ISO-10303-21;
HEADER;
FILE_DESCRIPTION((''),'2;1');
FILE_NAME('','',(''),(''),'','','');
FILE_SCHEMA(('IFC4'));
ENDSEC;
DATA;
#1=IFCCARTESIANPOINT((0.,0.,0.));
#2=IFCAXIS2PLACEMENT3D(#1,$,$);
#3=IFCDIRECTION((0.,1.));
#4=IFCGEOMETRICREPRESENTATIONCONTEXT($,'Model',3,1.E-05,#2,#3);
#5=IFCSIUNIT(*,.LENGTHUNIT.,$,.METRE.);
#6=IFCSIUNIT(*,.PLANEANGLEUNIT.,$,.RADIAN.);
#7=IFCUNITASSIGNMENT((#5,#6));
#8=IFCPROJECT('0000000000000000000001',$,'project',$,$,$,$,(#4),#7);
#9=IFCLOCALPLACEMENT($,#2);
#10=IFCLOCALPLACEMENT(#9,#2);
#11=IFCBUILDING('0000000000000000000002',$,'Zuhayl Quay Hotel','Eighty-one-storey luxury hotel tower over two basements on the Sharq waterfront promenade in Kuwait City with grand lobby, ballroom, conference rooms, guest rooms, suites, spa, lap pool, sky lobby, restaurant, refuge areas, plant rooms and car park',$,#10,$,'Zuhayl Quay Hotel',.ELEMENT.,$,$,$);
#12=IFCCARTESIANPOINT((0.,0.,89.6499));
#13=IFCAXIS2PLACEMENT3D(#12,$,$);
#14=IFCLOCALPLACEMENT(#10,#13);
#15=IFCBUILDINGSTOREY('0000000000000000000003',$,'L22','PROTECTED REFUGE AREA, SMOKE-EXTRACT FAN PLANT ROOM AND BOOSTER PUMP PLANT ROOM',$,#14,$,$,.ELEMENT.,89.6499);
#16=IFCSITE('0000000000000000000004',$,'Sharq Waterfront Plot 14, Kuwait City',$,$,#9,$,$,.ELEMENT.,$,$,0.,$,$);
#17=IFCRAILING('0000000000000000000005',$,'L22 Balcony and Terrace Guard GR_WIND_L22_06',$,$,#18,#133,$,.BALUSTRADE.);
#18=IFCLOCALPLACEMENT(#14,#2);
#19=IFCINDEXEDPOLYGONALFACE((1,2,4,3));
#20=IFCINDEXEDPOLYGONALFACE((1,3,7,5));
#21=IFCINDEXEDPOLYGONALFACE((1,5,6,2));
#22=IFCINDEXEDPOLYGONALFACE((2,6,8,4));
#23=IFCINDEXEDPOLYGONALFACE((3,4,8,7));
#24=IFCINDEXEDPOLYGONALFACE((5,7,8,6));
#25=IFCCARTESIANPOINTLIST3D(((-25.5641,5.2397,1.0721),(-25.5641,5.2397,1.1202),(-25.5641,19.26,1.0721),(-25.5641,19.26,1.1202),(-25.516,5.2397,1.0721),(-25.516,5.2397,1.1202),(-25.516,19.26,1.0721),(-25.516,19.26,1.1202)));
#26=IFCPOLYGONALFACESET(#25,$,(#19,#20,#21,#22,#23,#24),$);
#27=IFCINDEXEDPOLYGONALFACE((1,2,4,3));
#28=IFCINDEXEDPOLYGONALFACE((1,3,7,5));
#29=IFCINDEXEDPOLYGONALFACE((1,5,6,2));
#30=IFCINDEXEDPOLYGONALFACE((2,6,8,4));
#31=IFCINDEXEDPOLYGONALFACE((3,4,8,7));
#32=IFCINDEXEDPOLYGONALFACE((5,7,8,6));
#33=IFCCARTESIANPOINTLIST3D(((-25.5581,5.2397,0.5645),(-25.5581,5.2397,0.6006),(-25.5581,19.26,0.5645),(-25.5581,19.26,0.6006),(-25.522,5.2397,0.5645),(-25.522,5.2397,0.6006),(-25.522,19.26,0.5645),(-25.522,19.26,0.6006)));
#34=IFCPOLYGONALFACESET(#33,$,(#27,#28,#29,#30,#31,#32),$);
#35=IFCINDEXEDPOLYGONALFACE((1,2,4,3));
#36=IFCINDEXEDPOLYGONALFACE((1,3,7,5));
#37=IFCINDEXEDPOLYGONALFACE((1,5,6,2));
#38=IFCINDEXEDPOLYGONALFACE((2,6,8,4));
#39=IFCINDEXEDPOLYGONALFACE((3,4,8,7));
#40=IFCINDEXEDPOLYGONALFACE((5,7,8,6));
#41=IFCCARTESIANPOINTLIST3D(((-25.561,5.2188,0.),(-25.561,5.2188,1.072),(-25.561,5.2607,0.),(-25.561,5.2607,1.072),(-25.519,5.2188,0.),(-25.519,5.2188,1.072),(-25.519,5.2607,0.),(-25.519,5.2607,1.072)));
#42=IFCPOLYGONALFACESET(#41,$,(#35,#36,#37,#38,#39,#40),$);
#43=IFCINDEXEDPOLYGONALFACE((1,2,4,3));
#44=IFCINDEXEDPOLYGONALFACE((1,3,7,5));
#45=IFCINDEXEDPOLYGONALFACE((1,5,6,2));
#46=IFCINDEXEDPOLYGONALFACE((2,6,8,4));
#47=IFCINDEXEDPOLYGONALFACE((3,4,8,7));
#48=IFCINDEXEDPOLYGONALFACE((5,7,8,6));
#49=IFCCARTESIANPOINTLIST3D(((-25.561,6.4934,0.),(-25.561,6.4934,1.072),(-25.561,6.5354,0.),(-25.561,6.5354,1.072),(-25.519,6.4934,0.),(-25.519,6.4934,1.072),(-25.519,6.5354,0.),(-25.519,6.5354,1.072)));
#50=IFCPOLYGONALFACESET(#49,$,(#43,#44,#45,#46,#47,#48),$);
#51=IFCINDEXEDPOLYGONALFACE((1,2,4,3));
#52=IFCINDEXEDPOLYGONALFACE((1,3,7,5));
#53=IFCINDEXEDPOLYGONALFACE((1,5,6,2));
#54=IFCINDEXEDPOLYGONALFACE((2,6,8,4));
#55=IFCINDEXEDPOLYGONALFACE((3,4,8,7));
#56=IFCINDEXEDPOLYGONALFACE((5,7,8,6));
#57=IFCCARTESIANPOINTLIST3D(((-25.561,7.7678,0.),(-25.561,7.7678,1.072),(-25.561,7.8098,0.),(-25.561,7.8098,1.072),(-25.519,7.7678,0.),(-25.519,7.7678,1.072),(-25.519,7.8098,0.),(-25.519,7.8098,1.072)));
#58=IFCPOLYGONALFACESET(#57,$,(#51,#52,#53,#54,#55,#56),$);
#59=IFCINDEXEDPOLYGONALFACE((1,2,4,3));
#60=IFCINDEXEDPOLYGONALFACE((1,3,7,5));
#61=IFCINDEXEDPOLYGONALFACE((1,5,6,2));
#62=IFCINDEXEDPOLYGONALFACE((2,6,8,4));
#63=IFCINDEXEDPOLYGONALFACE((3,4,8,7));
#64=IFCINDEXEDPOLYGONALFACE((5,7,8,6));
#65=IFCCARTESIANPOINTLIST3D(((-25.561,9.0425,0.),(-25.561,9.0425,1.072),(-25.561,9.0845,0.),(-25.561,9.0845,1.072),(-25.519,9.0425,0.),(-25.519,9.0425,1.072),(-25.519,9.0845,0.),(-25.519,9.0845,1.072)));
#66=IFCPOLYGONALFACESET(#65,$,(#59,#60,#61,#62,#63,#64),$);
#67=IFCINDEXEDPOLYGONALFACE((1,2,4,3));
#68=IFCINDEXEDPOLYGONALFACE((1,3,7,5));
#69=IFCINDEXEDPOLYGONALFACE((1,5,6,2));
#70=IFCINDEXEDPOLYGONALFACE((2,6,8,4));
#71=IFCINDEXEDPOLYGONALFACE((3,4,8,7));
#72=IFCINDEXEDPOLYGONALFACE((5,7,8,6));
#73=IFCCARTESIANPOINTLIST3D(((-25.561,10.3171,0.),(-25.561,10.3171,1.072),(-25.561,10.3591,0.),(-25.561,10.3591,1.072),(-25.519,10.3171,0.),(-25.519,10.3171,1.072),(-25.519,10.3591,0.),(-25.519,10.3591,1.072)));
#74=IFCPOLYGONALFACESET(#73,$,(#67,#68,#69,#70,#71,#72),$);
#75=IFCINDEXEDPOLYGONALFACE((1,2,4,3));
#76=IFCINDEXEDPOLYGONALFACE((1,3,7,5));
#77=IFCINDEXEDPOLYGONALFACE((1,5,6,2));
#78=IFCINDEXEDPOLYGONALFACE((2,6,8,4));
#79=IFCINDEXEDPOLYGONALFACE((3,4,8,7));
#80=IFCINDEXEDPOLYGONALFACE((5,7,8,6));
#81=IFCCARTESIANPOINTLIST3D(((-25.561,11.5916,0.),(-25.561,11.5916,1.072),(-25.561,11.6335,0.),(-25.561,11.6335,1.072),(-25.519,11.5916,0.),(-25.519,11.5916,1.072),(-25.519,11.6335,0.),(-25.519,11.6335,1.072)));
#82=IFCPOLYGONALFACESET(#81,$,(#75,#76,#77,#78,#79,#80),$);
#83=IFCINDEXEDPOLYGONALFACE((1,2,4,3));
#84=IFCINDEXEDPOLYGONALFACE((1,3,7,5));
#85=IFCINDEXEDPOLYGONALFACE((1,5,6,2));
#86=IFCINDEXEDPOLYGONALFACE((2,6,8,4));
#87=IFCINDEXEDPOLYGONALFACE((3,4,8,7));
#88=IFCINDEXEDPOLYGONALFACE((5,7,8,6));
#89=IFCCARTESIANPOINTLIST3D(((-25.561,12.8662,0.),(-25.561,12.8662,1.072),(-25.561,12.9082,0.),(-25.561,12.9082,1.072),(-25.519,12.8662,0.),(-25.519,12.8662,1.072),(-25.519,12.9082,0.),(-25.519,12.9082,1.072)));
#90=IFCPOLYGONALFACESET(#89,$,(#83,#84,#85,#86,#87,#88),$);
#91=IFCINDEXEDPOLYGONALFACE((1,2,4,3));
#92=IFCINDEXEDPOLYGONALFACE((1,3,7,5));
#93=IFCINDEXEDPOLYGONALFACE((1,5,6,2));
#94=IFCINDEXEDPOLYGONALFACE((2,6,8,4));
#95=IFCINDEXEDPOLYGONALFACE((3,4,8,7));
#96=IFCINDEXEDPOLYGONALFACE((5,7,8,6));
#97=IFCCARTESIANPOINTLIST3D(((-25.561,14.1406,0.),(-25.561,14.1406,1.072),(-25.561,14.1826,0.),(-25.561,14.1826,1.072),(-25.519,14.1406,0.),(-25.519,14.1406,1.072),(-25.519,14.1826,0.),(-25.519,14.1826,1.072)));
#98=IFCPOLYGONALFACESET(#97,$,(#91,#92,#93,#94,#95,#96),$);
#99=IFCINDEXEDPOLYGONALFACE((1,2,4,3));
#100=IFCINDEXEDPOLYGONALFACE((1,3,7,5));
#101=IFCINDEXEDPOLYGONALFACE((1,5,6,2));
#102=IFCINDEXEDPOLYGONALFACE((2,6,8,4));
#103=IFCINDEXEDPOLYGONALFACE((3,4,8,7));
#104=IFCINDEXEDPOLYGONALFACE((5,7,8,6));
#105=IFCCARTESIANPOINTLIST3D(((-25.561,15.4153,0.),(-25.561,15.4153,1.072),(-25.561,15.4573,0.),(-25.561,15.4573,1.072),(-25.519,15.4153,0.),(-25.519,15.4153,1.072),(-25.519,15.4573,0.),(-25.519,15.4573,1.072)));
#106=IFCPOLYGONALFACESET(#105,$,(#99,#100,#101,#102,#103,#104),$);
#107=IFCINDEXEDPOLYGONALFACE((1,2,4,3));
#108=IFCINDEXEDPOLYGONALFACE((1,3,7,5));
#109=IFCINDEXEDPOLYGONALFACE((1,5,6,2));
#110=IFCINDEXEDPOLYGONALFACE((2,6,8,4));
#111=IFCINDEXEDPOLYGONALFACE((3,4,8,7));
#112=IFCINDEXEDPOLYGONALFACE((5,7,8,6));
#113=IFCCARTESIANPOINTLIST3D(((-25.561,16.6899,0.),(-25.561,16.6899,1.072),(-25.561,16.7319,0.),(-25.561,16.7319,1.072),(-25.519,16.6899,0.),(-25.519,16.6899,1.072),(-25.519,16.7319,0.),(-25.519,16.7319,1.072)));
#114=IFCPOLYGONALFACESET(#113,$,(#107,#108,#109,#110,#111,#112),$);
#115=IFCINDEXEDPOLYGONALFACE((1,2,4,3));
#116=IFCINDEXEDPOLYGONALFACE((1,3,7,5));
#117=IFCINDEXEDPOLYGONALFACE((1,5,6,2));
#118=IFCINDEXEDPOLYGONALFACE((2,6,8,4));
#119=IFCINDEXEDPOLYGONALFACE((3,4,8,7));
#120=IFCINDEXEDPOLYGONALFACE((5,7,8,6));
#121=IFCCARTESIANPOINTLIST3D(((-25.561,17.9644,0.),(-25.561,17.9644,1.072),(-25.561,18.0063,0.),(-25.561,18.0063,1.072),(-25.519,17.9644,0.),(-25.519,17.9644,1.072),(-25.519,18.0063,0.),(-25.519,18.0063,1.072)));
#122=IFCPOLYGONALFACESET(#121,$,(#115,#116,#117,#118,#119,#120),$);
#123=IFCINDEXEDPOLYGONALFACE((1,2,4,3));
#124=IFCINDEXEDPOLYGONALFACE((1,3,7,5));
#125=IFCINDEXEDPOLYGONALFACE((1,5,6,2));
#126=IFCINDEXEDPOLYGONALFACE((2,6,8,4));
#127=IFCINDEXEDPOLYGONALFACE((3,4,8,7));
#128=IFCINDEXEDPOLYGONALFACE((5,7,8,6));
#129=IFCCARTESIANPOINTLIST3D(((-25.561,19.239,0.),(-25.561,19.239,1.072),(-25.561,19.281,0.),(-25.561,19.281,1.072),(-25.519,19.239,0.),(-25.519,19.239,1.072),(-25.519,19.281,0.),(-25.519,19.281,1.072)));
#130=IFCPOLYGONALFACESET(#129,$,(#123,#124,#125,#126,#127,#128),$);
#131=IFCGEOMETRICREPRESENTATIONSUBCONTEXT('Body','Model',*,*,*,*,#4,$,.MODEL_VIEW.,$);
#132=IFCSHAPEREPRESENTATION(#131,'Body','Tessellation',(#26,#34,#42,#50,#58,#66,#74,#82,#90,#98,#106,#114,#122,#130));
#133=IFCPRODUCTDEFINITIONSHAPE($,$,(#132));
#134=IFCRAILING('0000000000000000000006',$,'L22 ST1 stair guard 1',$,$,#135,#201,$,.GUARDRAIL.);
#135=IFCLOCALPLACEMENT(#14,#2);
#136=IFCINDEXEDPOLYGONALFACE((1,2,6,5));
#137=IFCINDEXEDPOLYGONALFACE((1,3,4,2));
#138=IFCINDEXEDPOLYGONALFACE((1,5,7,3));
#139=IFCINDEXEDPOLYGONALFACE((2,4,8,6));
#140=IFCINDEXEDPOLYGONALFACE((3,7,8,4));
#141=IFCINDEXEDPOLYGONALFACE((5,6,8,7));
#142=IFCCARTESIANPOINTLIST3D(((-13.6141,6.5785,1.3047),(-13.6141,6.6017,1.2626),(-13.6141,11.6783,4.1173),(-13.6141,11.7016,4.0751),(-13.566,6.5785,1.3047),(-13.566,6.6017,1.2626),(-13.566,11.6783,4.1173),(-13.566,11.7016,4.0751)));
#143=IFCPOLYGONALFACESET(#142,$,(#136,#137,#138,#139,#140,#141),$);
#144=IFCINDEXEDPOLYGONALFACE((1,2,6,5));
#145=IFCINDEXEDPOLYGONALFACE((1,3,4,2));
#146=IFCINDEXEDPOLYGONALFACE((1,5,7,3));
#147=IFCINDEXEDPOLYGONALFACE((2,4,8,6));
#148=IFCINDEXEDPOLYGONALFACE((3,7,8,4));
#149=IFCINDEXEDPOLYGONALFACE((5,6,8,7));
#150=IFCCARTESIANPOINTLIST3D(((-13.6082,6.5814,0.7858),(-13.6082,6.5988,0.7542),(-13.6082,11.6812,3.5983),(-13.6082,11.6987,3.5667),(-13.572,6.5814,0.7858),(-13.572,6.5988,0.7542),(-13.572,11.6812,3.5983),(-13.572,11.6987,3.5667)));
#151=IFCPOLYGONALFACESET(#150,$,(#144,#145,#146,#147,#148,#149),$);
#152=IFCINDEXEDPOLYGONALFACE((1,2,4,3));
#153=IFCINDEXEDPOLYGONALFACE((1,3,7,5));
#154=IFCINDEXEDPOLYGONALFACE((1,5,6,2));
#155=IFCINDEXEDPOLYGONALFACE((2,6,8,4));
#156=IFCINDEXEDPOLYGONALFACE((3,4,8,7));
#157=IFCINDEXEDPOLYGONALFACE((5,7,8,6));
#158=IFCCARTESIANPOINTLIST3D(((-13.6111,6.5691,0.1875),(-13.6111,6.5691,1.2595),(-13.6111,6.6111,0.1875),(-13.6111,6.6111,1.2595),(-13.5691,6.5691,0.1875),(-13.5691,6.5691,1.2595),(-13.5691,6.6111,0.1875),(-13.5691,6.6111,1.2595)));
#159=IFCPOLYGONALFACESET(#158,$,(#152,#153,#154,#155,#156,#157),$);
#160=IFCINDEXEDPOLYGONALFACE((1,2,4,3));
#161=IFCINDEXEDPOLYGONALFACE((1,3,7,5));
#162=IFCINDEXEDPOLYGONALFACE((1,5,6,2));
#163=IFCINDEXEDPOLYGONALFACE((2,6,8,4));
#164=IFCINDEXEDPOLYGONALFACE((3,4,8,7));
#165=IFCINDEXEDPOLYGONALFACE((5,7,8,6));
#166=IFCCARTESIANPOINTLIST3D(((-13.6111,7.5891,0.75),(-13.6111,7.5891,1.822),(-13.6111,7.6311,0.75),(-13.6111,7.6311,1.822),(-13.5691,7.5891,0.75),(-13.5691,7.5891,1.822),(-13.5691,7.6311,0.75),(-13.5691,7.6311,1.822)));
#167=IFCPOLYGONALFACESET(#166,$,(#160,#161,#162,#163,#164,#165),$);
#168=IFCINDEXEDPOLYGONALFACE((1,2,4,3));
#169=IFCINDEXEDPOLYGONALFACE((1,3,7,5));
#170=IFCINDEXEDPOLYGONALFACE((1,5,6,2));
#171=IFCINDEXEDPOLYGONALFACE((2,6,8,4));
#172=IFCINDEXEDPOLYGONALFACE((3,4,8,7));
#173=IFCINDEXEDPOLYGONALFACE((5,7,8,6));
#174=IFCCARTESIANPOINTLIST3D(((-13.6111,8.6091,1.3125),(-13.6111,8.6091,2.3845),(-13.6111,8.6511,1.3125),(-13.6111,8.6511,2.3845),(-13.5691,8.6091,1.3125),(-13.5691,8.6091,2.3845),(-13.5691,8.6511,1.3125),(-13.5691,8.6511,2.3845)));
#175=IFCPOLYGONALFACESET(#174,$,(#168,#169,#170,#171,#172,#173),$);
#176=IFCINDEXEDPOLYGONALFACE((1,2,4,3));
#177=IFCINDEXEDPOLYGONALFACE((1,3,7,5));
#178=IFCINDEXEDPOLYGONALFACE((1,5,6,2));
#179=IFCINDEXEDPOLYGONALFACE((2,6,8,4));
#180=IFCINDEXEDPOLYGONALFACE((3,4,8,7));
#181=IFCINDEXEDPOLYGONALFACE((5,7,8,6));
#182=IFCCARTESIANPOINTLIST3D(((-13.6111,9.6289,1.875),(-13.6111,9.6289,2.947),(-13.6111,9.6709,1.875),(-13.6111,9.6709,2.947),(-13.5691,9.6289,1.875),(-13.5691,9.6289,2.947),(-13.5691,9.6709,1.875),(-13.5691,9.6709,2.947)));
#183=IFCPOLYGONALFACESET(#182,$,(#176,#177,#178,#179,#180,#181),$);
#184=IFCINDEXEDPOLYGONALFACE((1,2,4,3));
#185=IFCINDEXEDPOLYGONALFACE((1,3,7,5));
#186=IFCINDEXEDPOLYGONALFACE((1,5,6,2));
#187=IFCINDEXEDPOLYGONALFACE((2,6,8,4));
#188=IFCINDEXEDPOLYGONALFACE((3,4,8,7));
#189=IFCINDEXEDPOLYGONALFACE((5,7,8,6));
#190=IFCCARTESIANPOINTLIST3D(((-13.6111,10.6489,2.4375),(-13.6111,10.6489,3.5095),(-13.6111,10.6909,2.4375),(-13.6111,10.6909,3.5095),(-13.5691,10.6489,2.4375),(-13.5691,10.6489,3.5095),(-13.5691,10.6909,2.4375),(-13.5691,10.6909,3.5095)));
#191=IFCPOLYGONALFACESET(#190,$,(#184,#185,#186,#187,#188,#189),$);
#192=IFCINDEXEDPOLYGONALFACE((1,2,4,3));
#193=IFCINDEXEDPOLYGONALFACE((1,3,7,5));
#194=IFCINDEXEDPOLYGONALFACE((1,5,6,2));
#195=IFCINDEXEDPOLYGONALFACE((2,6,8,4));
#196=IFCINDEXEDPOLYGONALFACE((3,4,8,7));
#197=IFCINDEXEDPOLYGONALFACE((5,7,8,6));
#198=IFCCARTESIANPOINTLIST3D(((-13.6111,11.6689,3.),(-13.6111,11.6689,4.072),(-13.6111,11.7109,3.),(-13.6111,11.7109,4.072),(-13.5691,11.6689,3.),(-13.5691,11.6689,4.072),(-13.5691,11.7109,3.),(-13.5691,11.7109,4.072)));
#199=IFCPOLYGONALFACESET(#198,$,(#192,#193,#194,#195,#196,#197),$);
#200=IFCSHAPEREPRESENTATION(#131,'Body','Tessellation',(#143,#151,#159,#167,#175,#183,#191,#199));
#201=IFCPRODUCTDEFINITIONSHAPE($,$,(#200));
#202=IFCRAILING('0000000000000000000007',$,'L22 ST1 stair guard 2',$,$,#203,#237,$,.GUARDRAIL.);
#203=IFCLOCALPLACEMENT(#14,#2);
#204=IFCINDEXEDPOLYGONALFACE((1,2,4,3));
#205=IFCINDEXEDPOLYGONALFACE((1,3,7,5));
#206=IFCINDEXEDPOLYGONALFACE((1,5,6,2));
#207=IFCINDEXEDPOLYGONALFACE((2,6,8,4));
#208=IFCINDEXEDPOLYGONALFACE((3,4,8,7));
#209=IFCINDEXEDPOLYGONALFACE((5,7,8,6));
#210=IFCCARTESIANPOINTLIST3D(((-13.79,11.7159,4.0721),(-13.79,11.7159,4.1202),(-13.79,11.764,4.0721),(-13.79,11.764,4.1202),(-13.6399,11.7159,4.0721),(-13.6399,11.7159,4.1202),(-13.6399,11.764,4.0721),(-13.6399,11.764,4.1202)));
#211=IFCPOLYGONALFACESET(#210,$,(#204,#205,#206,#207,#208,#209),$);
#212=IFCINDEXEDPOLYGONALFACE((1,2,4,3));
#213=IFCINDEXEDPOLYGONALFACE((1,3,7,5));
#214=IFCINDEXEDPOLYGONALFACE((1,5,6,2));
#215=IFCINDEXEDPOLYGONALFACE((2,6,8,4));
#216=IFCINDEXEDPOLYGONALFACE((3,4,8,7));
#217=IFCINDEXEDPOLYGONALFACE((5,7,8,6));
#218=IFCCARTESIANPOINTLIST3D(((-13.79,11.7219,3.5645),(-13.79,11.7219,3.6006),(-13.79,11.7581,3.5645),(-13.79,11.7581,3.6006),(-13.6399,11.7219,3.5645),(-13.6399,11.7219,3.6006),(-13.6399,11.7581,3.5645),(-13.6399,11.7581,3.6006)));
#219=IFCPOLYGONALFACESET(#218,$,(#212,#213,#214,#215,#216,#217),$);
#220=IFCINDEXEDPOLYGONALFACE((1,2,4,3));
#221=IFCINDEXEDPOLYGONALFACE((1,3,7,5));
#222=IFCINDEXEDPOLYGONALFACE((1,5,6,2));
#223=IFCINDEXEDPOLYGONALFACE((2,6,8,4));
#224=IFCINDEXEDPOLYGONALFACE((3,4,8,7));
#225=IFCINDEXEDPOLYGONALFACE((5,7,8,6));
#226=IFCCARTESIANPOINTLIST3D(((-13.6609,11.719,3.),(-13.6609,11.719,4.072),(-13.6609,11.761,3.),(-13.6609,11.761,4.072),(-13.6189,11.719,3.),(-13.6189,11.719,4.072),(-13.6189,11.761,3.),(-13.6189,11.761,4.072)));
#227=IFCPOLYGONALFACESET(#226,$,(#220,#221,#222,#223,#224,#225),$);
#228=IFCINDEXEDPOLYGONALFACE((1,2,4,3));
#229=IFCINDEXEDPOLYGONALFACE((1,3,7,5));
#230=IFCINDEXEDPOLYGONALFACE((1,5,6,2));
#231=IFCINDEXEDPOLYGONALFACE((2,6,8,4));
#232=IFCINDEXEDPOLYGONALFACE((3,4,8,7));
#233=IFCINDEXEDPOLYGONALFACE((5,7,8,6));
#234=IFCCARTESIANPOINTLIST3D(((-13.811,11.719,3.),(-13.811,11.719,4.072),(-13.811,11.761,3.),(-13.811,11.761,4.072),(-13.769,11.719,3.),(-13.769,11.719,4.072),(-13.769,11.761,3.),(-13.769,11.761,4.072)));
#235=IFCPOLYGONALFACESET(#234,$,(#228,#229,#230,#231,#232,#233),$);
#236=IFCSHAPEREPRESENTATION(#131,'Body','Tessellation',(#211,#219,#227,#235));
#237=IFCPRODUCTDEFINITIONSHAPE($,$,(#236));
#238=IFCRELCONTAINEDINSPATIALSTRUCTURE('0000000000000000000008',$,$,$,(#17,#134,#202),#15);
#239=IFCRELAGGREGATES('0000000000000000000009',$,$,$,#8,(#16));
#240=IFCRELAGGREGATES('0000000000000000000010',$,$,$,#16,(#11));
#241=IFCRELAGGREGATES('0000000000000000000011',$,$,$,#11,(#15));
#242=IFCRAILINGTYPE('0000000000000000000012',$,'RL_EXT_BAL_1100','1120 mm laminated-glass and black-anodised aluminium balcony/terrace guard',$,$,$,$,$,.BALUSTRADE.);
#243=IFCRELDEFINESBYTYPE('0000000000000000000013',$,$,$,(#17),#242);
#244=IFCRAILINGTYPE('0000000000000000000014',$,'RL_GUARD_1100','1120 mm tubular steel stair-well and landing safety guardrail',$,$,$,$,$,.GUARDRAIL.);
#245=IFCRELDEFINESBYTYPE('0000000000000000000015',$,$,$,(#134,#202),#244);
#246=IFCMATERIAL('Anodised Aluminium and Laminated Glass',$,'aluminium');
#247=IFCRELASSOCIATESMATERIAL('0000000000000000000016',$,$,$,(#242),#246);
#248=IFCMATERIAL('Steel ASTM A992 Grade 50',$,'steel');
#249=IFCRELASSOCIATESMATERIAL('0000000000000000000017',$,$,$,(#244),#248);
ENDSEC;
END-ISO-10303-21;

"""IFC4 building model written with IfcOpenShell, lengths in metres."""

from ifc_helpers import new_model, si_unit, direction, frame, origin, origin_2d, place, context, subcontext, project, spatial, rectangle, extrude, material, type_object, element, save


model = new_model("IFC4")

# Units and contexts
model_context = context("Model", 3, precision=1e-05, world=origin(), true_north=direction((0.0, 1.0)))
body_context = subcontext(model_context, "Body", "Model", "MODEL_VIEW")
ifc_project = project(units=[si_unit("LENGTHUNIT", "METRE"), si_unit("PLANEANGLEUNIT", "RADIAN")], contexts=[model_context])

# Site, building, storey
site_placement = place(None, origin())
site = spatial("IfcSite", under=ifc_project, at=site_placement, Name="Sharq Waterfront Plot 14, Kuwait City", CompositionType="ELEMENT", RefElevation=0.0)
building_placement = place(site_placement, origin())
building = spatial("IfcBuilding", under=site, at=building_placement, Name="Zuhayl Quay Hotel", Description="Eighty-one-storey luxury hotel tower over two basements on the Sharq waterfront promenade in Kuwait City with grand lobby, ballroom, conference rooms, guest rooms, suites, spa, lap pool, sky lobby, restaurant, refuge areas, plant rooms and car park", LongName="Zuhayl Quay Hotel", CompositionType="ELEMENT")
storey_placement = place(building_placement, frame((0.0, 0.0, 89.6499)))
storey = spatial("IfcBuildingStorey", under=building, at=storey_placement, Name="L22", Description="PROTECTED REFUGE AREA, SMOKE-EXTRACT FAN PLANT ROOM AND BOOSTER PUMP PLANT ROOM", CompositionType="ELEMENT", Elevation=89.6499)

# Shared definitions
ifc_material_1 = material(Name="Steel ASTM A992 Grade 50", Category="steel")

# Railings
ifc_material_2 = material(Name="Anodised Aluminium and Laminated Glass", Category="aluminium")
railing_type_1 = type_object("IfcRailingType", Name="RL_EXT_BAL_1100", Description="1120 mm laminated-glass and black-anodised aluminium balcony/terrace guard", PredefinedType="BALUSTRADE", material=ifc_material_2)
railing_1_placement = place(storey_placement, frame((-25.54, 5.2397, 0.0)))
element("IfcRailing", 1, at=railing_1_placement, inside=storey, type_object=railing_type_1, Name="L22 Balcony and Terrace Guard GR_WIND_L22_06", PredefinedType="BALUSTRADE", context=body_context, shape_type="SweptSolid", body=[
    extrude(rectangle(XDim=0.0481, YDim=0.0481, at=origin_2d()), frame((0.0, 0.0, 1.0962), z_axis=(0.0, 1.0, 0.0), x_axis=(-1.0, 0.0, 0.0)), (0.0, 0.0, 1.0), 14.0203),
    extrude(rectangle(XDim=0.0361, YDim=0.0361, at=origin_2d()), frame((0.0, 0.0, 0.5825), z_axis=(0.0, 1.0, 0.0), x_axis=(-1.0, 0.0, 0.0)), (0.0, 0.0, 1.0), 14.0203),
    extrude(rectangle(XDim=0.042, YDim=0.042, at=origin_2d()), origin(), (0.0, 0.0, 1.0), 1.072),
    extrude(rectangle(XDim=0.042, YDim=0.042, at=origin_2d()), frame((0.0, 1.2747, 0.0)), (0.0, 0.0, 1.0), 1.072),
    extrude(rectangle(XDim=0.042, YDim=0.042, at=origin_2d()), frame((0.0, 2.5491, 0.0)), (0.0, 0.0, 1.0), 1.072),
    extrude(rectangle(XDim=0.042, YDim=0.042, at=origin_2d()), frame((0.0, 3.8237, 0.0)), (0.0, 0.0, 1.0), 1.072),
    extrude(rectangle(XDim=0.042, YDim=0.042, at=origin_2d()), frame((0.0, 5.0984, 0.0)), (0.0, 0.0, 1.0), 1.072),
    extrude(rectangle(XDim=0.042, YDim=0.042, at=origin_2d()), frame((0.0, 6.3728, 0.0)), (0.0, 0.0, 1.0), 1.072),
    extrude(rectangle(XDim=0.042, YDim=0.042, at=origin_2d()), frame((0.0, 7.6475, 0.0)), (0.0, 0.0, 1.0), 1.072),
    extrude(rectangle(XDim=0.042, YDim=0.042, at=origin_2d()), frame((0.0, 8.9219, 0.0)), (0.0, 0.0, 1.0), 1.072),
    extrude(rectangle(XDim=0.042, YDim=0.042, at=origin_2d()), frame((0.0, 10.1965, 0.0)), (0.0, 0.0, 1.0), 1.072),
    extrude(rectangle(XDim=0.042, YDim=0.042, at=origin_2d()), frame((0.0, 11.4712, 0.0)), (0.0, 0.0, 1.0), 1.072),
    extrude(rectangle(XDim=0.042, YDim=0.042, at=origin_2d()), frame((0.0, 12.7456, 0.0)), (0.0, 0.0, 1.0), 1.072),
    extrude(rectangle(XDim=0.042, YDim=0.042, at=origin_2d()), frame((0.0, 14.0203, 0.0)), (0.0, 0.0, 1.0), 1.072),
])
railing_type_2 = type_object("IfcRailingType", Name="RL_GUARD_1100", Description="1120 mm tubular steel stair-well and landing safety guardrail", PredefinedType="GUARDRAIL", material=ifc_material_1)
railing_2_placement = place(storey_placement, frame((-13.5901, 6.5901, 0.1875)))
element("IfcRailing", 2, at=railing_2_placement, inside=storey, type_object=railing_type_2, Name="L22 ST1 stair guard 1", PredefinedType="GUARDRAIL", context=body_context, shape_type="SweptSolid", body=[
    extrude(rectangle(XDim=0.0481, YDim=0.0481, at=origin_2d()), frame((0.0, 0.0, 1.0962), z_axis=(0.0, 0.875666, 0.482918), x_axis=(-1.0, 0.0, 0.0)), (0.0, 0.0, 1.0), 5.824),
    extrude(rectangle(XDim=0.0361, YDim=0.0361, at=origin_2d()), frame((0.0, 0.0, 0.5825), z_axis=(0.0, 0.875666, 0.482918), x_axis=(-1.0, 0.0, 0.0)), (0.0, 0.0, 1.0), 5.824),
    extrude(rectangle(XDim=0.042, YDim=0.042, at=origin_2d()), origin(), (0.0, 0.0, 1.0), 1.072),
    extrude(rectangle(XDim=0.042, YDim=0.042, at=origin_2d()), frame((0.0, 1.02, 0.5625)), (0.0, 0.0, 1.0), 1.072),
    extrude(rectangle(XDim=0.042, YDim=0.042, at=origin_2d()), frame((0.0, 2.04, 1.125)), (0.0, 0.0, 1.0), 1.072),
    extrude(rectangle(XDim=0.042, YDim=0.042, at=origin_2d()), frame((0.0, 3.0598, 1.6875)), (0.0, 0.0, 1.0), 1.072),
    extrude(rectangle(XDim=0.042, YDim=0.042, at=origin_2d()), frame((0.0, 4.0798, 2.25)), (0.0, 0.0, 1.0), 1.072),
    extrude(rectangle(XDim=0.042, YDim=0.042, at=origin_2d()), frame((0.0, 5.0999, 2.8125)), (0.0, 0.0, 1.0), 1.072),
])
railing_3_placement = place(storey_placement, frame((-13.6399, 11.74, 3.0)))
element("IfcRailing", 3, at=railing_3_placement, inside=storey, type_object=railing_type_2, Name="L22 ST1 stair guard 2", PredefinedType="GUARDRAIL", context=body_context, shape_type="SweptSolid", body=[
    extrude(rectangle(XDim=0.0481, YDim=0.0481, at=origin_2d()), frame((0.0, 0.0, 1.0962), z_axis=(-1.0, 0.0, 0.0), x_axis=(0.0, -1.0, 0.0)), (0.0, 0.0, 1.0), 0.1501),
    extrude(rectangle(XDim=0.0361, YDim=0.0361, at=origin_2d()), frame((0.0, 0.0, 0.5825), z_axis=(-1.0, 0.0, 0.0), x_axis=(0.0, -1.0, 0.0)), (0.0, 0.0, 1.0), 0.1501),
    extrude(rectangle(XDim=0.042, YDim=0.042, at=origin_2d()), origin(), (0.0, 0.0, 1.0), 1.072),
    extrude(rectangle(XDim=0.042, YDim=0.042, at=origin_2d()), frame((-0.1501, 0.0, 0.0)), (0.0, 0.0, 1.0), 1.072),
])

save(model, "model.ifc")
